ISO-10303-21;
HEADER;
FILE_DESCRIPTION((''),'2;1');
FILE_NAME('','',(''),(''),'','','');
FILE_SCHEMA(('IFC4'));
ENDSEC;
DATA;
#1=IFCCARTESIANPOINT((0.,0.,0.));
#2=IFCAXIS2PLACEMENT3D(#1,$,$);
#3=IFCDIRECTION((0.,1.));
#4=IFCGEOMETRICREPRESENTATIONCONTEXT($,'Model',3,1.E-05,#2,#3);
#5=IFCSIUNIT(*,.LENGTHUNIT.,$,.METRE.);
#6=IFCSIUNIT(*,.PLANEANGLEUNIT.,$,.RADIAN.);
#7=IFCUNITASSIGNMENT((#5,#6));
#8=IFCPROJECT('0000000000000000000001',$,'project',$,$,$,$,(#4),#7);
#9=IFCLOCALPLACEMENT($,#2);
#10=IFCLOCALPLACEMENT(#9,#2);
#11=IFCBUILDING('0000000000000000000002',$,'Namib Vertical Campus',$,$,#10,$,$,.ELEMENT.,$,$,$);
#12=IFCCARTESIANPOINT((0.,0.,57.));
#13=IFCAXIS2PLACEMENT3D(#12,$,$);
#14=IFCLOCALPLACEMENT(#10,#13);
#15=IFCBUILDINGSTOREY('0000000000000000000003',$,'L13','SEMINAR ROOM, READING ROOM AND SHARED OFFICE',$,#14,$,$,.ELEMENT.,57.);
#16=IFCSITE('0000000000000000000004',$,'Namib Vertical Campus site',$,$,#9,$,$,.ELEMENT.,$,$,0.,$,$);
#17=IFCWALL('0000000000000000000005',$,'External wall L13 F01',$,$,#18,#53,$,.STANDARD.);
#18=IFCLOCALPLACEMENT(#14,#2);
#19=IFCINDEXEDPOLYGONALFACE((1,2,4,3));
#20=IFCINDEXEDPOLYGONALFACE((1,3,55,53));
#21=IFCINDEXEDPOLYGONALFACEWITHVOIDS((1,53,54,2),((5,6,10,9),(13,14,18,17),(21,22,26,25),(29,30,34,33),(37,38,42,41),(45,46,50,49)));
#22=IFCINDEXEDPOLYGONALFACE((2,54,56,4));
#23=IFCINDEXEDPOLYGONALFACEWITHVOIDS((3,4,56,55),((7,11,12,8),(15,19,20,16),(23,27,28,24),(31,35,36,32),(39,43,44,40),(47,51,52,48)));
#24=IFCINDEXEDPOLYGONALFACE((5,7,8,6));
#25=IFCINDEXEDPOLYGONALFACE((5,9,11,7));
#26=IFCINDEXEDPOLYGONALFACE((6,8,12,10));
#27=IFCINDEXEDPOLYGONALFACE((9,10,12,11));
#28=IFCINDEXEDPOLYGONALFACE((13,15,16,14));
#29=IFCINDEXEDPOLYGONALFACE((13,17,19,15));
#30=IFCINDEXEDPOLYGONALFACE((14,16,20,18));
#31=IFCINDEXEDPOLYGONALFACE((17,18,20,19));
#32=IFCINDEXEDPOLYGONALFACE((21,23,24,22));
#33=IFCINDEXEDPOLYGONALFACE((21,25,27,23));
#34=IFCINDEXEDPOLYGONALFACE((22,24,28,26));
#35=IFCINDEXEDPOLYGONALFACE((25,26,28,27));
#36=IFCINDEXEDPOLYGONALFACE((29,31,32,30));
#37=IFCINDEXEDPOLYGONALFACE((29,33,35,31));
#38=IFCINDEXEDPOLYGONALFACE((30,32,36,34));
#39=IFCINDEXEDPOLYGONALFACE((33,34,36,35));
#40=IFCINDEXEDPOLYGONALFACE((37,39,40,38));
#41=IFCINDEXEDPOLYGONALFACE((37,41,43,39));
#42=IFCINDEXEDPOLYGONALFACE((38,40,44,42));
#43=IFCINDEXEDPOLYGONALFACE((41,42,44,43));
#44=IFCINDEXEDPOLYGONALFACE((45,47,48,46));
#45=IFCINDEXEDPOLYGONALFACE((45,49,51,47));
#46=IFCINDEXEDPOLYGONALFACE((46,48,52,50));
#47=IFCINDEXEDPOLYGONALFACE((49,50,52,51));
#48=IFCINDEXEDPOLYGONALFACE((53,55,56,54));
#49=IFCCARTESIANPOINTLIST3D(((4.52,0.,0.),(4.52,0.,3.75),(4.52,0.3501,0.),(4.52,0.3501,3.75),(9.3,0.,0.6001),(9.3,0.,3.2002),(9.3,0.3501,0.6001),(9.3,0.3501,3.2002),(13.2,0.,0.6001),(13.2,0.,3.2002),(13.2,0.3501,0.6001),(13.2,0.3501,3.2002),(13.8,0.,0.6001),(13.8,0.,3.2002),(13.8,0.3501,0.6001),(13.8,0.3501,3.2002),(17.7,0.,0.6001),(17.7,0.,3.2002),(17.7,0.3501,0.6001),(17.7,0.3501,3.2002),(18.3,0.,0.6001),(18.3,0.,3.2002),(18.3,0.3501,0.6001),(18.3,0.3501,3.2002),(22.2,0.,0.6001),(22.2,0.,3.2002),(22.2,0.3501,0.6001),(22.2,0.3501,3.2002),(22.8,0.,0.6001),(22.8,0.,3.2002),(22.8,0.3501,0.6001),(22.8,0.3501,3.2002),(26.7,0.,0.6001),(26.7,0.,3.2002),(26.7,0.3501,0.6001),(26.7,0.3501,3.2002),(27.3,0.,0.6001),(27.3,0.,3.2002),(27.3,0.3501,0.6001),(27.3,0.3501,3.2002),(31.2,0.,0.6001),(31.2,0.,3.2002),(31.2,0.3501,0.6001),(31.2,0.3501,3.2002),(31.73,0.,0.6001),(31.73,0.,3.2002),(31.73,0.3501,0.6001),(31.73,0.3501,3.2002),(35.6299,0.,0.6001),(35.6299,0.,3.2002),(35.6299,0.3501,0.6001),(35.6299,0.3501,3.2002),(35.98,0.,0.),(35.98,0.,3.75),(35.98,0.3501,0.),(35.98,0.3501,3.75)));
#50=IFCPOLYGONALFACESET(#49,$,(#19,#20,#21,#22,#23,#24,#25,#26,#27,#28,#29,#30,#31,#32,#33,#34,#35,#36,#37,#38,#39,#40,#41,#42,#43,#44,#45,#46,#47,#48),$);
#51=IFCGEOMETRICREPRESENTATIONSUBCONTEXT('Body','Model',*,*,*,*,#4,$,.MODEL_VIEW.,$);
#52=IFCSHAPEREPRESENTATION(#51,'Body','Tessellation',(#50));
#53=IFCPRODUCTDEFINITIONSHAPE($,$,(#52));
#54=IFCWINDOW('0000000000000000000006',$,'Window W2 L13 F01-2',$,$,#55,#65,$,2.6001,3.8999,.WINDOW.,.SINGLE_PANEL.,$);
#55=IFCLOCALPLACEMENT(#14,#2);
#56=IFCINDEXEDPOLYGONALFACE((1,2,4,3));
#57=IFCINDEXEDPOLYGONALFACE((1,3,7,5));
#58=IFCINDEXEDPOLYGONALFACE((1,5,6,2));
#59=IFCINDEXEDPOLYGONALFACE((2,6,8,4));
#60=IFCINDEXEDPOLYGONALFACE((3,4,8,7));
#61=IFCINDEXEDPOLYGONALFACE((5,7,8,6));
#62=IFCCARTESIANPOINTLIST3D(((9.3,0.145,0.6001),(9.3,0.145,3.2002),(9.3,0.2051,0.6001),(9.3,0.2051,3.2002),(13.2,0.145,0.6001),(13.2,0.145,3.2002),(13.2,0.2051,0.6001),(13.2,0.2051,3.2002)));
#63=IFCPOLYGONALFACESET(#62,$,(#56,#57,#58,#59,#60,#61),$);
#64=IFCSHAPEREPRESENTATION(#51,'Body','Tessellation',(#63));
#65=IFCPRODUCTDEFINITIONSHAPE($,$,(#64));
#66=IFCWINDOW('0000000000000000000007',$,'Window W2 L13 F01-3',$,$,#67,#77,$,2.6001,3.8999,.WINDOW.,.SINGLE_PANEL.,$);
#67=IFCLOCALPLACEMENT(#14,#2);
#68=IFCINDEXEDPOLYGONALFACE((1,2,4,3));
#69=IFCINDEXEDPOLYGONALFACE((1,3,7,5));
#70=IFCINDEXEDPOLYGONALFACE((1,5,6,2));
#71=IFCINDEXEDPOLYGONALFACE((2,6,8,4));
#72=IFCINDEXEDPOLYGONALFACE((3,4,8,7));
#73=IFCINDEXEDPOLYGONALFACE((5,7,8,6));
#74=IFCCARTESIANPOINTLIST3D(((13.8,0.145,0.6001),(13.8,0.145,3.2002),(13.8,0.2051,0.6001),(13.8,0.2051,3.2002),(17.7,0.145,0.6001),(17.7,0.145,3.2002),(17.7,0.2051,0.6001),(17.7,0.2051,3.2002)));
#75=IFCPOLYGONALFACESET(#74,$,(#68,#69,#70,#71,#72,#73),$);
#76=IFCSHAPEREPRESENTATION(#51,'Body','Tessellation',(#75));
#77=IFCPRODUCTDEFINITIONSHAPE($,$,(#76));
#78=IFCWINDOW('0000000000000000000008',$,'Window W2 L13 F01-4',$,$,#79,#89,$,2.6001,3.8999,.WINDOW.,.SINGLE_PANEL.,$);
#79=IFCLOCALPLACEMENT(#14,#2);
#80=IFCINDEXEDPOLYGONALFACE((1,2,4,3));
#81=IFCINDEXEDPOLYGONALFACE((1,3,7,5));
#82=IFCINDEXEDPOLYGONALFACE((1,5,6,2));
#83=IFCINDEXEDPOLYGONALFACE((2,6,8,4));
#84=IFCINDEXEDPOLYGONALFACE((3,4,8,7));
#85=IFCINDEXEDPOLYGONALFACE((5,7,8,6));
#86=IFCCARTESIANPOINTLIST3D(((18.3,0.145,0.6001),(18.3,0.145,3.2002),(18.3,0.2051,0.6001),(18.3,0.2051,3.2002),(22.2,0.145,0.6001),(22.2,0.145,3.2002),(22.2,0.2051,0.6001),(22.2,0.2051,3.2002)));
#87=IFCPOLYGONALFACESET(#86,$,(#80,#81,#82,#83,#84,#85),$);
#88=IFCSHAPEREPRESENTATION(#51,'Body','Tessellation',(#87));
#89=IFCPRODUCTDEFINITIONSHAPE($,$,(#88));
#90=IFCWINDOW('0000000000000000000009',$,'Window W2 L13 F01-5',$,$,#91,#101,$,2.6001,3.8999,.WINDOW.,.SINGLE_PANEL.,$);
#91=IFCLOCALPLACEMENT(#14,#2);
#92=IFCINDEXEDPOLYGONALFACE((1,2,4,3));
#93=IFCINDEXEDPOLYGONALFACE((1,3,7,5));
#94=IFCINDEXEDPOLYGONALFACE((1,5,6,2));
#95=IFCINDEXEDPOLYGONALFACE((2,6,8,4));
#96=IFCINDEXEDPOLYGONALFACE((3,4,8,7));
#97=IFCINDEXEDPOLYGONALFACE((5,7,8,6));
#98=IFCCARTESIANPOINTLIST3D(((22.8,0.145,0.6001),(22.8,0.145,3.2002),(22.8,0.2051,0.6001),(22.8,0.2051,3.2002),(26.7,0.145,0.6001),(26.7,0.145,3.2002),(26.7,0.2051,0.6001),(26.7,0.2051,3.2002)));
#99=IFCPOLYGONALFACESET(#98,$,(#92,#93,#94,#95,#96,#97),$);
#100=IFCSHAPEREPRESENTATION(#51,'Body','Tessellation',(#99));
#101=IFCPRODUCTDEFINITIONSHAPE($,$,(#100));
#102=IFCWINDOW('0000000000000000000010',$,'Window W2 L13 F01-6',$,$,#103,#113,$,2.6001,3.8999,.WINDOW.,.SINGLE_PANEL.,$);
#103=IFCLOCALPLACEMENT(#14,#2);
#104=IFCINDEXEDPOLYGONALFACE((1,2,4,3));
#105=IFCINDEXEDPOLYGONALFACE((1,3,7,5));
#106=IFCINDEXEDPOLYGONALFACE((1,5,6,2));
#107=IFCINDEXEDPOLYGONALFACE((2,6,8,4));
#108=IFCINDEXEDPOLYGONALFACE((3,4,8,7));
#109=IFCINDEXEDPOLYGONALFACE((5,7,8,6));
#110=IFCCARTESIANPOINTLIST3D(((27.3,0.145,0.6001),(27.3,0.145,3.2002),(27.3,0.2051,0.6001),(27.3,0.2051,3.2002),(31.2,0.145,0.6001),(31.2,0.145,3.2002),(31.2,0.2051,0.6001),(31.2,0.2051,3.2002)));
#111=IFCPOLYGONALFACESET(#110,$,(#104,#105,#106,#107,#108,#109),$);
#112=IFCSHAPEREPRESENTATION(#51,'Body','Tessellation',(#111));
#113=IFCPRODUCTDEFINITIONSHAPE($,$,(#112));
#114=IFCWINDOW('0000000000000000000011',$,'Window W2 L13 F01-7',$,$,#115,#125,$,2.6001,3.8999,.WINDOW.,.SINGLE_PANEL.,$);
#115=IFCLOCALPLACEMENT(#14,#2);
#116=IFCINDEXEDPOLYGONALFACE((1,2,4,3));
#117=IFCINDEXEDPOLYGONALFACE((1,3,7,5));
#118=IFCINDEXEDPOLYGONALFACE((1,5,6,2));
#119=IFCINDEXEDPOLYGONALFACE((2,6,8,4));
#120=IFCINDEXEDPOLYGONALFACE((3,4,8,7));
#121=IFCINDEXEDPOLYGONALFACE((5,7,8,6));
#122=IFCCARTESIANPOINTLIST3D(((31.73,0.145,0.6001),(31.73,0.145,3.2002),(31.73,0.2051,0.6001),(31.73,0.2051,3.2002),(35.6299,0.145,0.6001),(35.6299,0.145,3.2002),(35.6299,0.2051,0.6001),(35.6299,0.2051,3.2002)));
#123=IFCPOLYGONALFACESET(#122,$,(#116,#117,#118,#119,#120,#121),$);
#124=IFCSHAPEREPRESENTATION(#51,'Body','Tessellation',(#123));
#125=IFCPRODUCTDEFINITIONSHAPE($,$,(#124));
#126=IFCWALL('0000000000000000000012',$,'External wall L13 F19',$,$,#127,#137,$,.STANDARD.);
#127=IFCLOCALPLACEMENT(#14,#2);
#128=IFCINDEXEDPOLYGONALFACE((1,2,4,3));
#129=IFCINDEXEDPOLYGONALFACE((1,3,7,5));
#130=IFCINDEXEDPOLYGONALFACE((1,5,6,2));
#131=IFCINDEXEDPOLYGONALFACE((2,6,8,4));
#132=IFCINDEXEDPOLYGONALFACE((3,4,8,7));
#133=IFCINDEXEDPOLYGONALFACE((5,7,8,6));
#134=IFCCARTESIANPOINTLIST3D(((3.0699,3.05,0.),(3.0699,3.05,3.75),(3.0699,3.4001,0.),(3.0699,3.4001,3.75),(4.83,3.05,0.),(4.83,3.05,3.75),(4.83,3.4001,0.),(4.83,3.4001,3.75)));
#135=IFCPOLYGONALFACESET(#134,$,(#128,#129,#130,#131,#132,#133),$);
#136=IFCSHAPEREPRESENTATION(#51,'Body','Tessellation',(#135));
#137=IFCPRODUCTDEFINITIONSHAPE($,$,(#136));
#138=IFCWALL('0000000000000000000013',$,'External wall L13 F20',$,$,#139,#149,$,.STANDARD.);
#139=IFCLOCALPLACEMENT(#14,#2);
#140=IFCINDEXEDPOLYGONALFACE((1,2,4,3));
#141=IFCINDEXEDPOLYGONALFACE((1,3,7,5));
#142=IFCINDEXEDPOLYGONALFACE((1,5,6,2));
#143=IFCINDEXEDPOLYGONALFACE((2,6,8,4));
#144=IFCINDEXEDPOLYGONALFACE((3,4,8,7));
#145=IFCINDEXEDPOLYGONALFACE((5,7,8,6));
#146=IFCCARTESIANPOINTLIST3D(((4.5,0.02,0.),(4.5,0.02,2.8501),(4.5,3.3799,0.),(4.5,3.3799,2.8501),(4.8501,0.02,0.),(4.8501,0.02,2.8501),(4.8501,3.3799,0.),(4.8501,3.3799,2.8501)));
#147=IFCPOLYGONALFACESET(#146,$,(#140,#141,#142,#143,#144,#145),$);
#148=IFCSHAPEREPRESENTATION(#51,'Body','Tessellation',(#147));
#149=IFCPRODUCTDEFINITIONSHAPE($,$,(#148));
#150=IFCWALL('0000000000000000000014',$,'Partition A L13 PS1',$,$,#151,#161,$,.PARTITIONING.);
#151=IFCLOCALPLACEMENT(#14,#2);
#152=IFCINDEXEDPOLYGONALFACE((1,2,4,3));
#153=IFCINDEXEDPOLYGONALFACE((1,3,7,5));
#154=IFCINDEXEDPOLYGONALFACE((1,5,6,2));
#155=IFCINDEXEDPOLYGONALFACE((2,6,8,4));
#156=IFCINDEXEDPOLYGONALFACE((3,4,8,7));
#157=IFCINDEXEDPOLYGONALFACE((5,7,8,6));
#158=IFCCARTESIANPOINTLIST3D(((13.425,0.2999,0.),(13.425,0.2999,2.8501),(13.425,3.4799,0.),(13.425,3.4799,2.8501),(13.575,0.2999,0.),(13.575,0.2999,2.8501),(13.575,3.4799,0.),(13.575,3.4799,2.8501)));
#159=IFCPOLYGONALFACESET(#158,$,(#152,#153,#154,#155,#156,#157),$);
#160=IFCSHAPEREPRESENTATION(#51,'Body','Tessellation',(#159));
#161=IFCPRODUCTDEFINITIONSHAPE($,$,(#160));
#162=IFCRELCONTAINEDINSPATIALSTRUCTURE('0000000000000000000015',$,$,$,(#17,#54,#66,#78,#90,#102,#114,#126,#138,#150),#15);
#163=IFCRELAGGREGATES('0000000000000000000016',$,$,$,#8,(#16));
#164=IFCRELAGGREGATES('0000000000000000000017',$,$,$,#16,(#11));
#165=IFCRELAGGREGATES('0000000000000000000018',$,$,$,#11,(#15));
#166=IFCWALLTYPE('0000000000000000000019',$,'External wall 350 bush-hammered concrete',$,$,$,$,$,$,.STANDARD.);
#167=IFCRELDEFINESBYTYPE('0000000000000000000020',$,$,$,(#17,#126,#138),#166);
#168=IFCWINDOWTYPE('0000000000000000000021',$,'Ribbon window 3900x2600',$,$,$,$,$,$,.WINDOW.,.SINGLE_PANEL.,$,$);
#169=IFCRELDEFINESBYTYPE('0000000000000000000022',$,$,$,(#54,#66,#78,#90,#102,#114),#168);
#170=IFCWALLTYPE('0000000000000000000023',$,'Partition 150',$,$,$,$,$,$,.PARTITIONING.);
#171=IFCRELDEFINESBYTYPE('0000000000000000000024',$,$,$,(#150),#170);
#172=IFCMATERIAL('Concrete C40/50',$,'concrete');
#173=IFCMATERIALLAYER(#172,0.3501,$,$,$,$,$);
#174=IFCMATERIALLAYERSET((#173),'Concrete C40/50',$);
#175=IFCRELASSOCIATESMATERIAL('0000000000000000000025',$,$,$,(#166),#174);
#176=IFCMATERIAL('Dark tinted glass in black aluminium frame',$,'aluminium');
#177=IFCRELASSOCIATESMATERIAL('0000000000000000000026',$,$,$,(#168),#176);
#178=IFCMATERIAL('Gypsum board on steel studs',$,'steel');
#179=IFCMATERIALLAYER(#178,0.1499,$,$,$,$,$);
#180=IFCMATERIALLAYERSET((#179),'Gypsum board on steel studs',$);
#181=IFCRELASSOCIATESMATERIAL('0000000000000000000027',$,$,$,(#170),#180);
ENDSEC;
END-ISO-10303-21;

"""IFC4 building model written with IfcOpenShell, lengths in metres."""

from ifc_helpers import new_model, si_unit, direction, frame, frame_2d, origin, place, context, subcontext, project, spatial, rectangle, extrude, material, layer, layer_set, type_object, element, fill, save


model = new_model("IFC4")

# Units and contexts
model_context = context("Model", 3, precision=1e-05, world=origin(), true_north=direction((0.0, 1.0)))
body_context = subcontext(model_context, "Body", "Model", "MODEL_VIEW")
ifc_project = project(units=[si_unit("LENGTHUNIT", "METRE"), si_unit("PLANEANGLEUNIT", "RADIAN")], contexts=[model_context])

# Site, building, storey
site_placement = place(None, origin())
site = spatial("IfcSite", under=ifc_project, at=site_placement, Name="Namib Vertical Campus site", CompositionType="ELEMENT", RefElevation=0.0)
building_placement = place(site_placement, origin())
building = spatial("IfcBuilding", under=site, at=building_placement, Name="Namib Vertical Campus", CompositionType="ELEMENT")
storey_placement = place(building_placement, frame((0.0, 0.0, 57.0)))
storey = spatial("IfcBuildingStorey", under=building, at=storey_placement, Name="L13", Description="SEMINAR ROOM, READING ROOM AND SHARED OFFICE", CompositionType="ELEMENT", Elevation=57.0)

# Wall, openings, windows
ifc_material_1 = material(Name="Concrete C40/50", Category="concrete")
ifc_layer_1 = layer(ifc_material_1, 0.3501)
ifc_layer_set_1 = layer_set([ifc_layer_1], Name="Concrete C40/50")
wall_type_1 = type_object("IfcWallType", Name="External wall 350 bush-hammered concrete", PredefinedType="STANDARD", material=ifc_layer_set_1)
wall_1_placement = place(storey_placement, frame((4.52, 0.175, 0.0), z_axis=(0.0, 0.0, 1.0), x_axis=(1.0, 0.0, 0.0)))
wall_1 = element("IfcWall", 1, at=wall_1_placement, inside=storey, type_object=wall_type_1, Name="External wall L13 F01", PredefinedType="STANDARD", context=body_context, shape_type="SweptSolid", body=[
    extrude(rectangle(XDim=31.46, YDim=0.3501, at=frame_2d((15.73, 0.0))), origin(), (0.0, 0.0, 1.0), 3.75),
])
opening_1_placement = place(wall_1_placement, frame((4.78, 0.0, 0.6001)))
opening_1 = element("IfcOpeningElement", 2, at=opening_1_placement, cuts=wall_1, PredefinedType="OPENING", context=body_context, shape_type="SweptSolid", body=[
    extrude(rectangle(XDim=3.8999, YDim=2.6001, at=frame_2d((1.95, 1.3))), frame((0.0, 0.1851, 0.0), z_axis=(0.0, -1.0, 0.0), x_axis=(1.0, 0.0, 0.0)), (0.0, 0.0, 1.0), 0.3701),
])
opening_2_placement = place(wall_1_placement, frame((9.28, 0.0, 0.6001)))
opening_2 = element("IfcOpeningElement", 3, at=opening_2_placement, cuts=wall_1, PredefinedType="OPENING", context=body_context, shape_type="SweptSolid", body=[
    extrude(rectangle(XDim=3.8999, YDim=2.6001, at=frame_2d((1.95, 1.3))), frame((0.0, 0.1851, 0.0), z_axis=(0.0, -1.0, 0.0), x_axis=(1.0, 0.0, 0.0)), (0.0, 0.0, 1.0), 0.3701),
])
opening_3_placement = place(wall_1_placement, frame((13.78, 0.0, 0.6001)))
opening_3 = element("IfcOpeningElement", 4, at=opening_3_placement, cuts=wall_1, PredefinedType="OPENING", context=body_context, shape_type="SweptSolid", body=[
    extrude(rectangle(XDim=3.8999, YDim=2.6001, at=frame_2d((1.95, 1.3))), frame((0.0, 0.1851, 0.0), z_axis=(0.0, -1.0, 0.0), x_axis=(1.0, 0.0, 0.0)), (0.0, 0.0, 1.0), 0.3701),
])
opening_4_placement = place(wall_1_placement, frame((18.28, 0.0, 0.6001)))
opening_4 = element("IfcOpeningElement", 5, at=opening_4_placement, cuts=wall_1, PredefinedType="OPENING", context=body_context, shape_type="SweptSolid", body=[
    extrude(rectangle(XDim=3.8999, YDim=2.6001, at=frame_2d((1.95, 1.3))), frame((0.0, 0.1851, 0.0), z_axis=(0.0, -1.0, 0.0), x_axis=(1.0, 0.0, 0.0)), (0.0, 0.0, 1.0), 0.3701),
])
opening_5_placement = place(wall_1_placement, frame((22.78, 0.0, 0.6001)))
opening_5 = element("IfcOpeningElement", 6, at=opening_5_placement, cuts=wall_1, PredefinedType="OPENING", context=body_context, shape_type="SweptSolid", body=[
    extrude(rectangle(XDim=3.8999, YDim=2.6001, at=frame_2d((1.95, 1.3))), frame((0.0, 0.1851, 0.0), z_axis=(0.0, -1.0, 0.0), x_axis=(1.0, 0.0, 0.0)), (0.0, 0.0, 1.0), 0.3701),
])
opening_6_placement = place(wall_1_placement, frame((27.21, 0.0, 0.6001)))
opening_6 = element("IfcOpeningElement", 7, at=opening_6_placement, cuts=wall_1, PredefinedType="OPENING", context=body_context, shape_type="SweptSolid", body=[
    extrude(rectangle(XDim=3.8999, YDim=2.6001, at=frame_2d((1.95, 1.3))), frame((0.0, 0.1851, 0.0), z_axis=(0.0, -1.0, 0.0), x_axis=(1.0, 0.0, 0.0)), (0.0, 0.0, 1.0), 0.3701),
])
ifc_material_2 = material(Name="Dark tinted glass in black aluminium frame", Category="aluminium")
window_type = type_object("IfcWindowType", Name="Ribbon window 3900x2600", PartitioningType="SINGLE_PANEL", PredefinedType="WINDOW", material=ifc_material_2)
window_1_placement = place(opening_1_placement, origin())
window_1 = element("IfcWindow", 8, at=window_1_placement, inside=storey, type_object=window_type, Name="Window W2 L13 F01-2", OverallHeight=2.6001, OverallWidth=3.8999, PartitioningType="SINGLE_PANEL", PredefinedType="WINDOW", context=body_context, shape_type="SweptSolid", body=[
    extrude(rectangle(XDim=3.8999, YDim=2.6001, at=frame_2d((1.95, 1.3))), frame((0.0, 0.03, 0.0), z_axis=(0.0, -1.0, 0.0), x_axis=(1.0, 0.0, 0.0)), (0.0, 0.0, 1.0), 0.0601),
])
fill(opening_1, window_1)
window_2_placement = place(opening_2_placement, origin())
window_2 = element("IfcWindow", 9, at=window_2_placement, inside=storey, type_object=window_type, Name="Window W2 L13 F01-3", OverallHeight=2.6001, OverallWidth=3.8999, PartitioningType="SINGLE_PANEL", PredefinedType="WINDOW", context=body_context, shape_type="SweptSolid", body=[
    extrude(rectangle(XDim=3.8999, YDim=2.6001, at=frame_2d((1.95, 1.3))), frame((0.0, 0.03, 0.0), z_axis=(0.0, -1.0, 0.0), x_axis=(1.0, 0.0, 0.0)), (0.0, 0.0, 1.0), 0.0601),
])
fill(opening_2, window_2)
window_3_placement = place(opening_3_placement, origin())
window_3 = element("IfcWindow", 10, at=window_3_placement, inside=storey, type_object=window_type, Name="Window W2 L13 F01-4", OverallHeight=2.6001, OverallWidth=3.8999, PartitioningType="SINGLE_PANEL", PredefinedType="WINDOW", context=body_context, shape_type="SweptSolid", body=[
    extrude(rectangle(XDim=3.8999, YDim=2.6001, at=frame_2d((1.95, 1.3))), frame((0.0, 0.03, 0.0), z_axis=(0.0, -1.0, 0.0), x_axis=(1.0, 0.0, 0.0)), (0.0, 0.0, 1.0), 0.0601),
])
fill(opening_3, window_3)
window_4_placement = place(opening_4_placement, origin())
window_4 = element("IfcWindow", 11, at=window_4_placement, inside=storey, type_object=window_type, Name="Window W2 L13 F01-5", OverallHeight=2.6001, OverallWidth=3.8999, PartitioningType="SINGLE_PANEL", PredefinedType="WINDOW", context=body_context, shape_type="SweptSolid", body=[
    extrude(rectangle(XDim=3.8999, YDim=2.6001, at=frame_2d((1.95, 1.3))), frame((0.0, 0.03, 0.0), z_axis=(0.0, -1.0, 0.0), x_axis=(1.0, 0.0, 0.0)), (0.0, 0.0, 1.0), 0.0601),
])
fill(opening_4, window_4)
window_5_placement = place(opening_5_placement, origin())
window_5 = element("IfcWindow", 12, at=window_5_placement, inside=storey, type_object=window_type, Name="Window W2 L13 F01-6", OverallHeight=2.6001, OverallWidth=3.8999, PartitioningType="SINGLE_PANEL", PredefinedType="WINDOW", context=body_context, shape_type="SweptSolid", body=[
    extrude(rectangle(XDim=3.8999, YDim=2.6001, at=frame_2d((1.95, 1.3))), frame((0.0, 0.03, 0.0), z_axis=(0.0, -1.0, 0.0), x_axis=(1.0, 0.0, 0.0)), (0.0, 0.0, 1.0), 0.0601),
])
fill(opening_5, window_5)
window_6_placement = place(opening_6_placement, origin())
window_6 = element("IfcWindow", 13, at=window_6_placement, inside=storey, type_object=window_type, Name="Window W2 L13 F01-7", OverallHeight=2.6001, OverallWidth=3.8999, PartitioningType="SINGLE_PANEL", PredefinedType="WINDOW", context=body_context, shape_type="SweptSolid", body=[
    extrude(rectangle(XDim=3.8999, YDim=2.6001, at=frame_2d((1.95, 1.3))), frame((0.0, 0.03, 0.0), z_axis=(0.0, -1.0, 0.0), x_axis=(1.0, 0.0, 0.0)), (0.0, 0.0, 1.0), 0.0601),
])
fill(opening_6, window_6)

# Walls
wall_2_placement = place(storey_placement, frame((3.0701, 3.2251, 0.0), z_axis=(0.0, 0.0, 1.0), x_axis=(1.0, 0.0, 0.0)))
element("IfcWall", 14, at=wall_2_placement, inside=storey, type_object=wall_type_1, Name="External wall L13 F19", PredefinedType="STANDARD", context=body_context, shape_type="SweptSolid", body=[
    extrude(rectangle(XDim=1.76, YDim=0.3501, at=frame_2d((0.8799, 0.0))), origin(), (0.0, 0.0, 1.0), 3.75),
])
wall_3_placement = place(storey_placement, frame((4.675, 3.3799, 0.0), z_axis=(0.0, 0.0, 1.0), x_axis=(0.0, -1.0, 0.0)))
element("IfcWall", 15, at=wall_3_placement, inside=storey, type_object=wall_type_1, Name="External wall L13 F20", PredefinedType="STANDARD", context=body_context, shape_type="SweptSolid", body=[
    extrude(rectangle(XDim=3.3599, YDim=0.3501, at=frame_2d((1.6799, 0.0))), origin(), (0.0, 0.0, 1.0), 2.8501),
])
ifc_material_3 = material(Name="Gypsum board on steel studs", Category="steel")
ifc_layer_2 = layer(ifc_material_3, 0.1499)
ifc_layer_set_2 = layer_set([ifc_layer_2], Name="Gypsum board on steel studs")
wall_type_2 = type_object("IfcWallType", Name="Partition 150", PredefinedType="PARTITIONING", material=ifc_layer_set_2)
wall_4_placement = place(storey_placement, frame((13.5, 0.3, 0.0), z_axis=(0.0, 0.0, 1.0), x_axis=(0.0, 1.0, 0.0)))
element("IfcWall", 16, at=wall_4_placement, inside=storey, type_object=wall_type_2, Name="Partition A L13 PS1", PredefinedType="PARTITIONING", context=body_context, shape_type="SweptSolid", body=[
    extrude(rectangle(XDim=3.1799, YDim=0.1499, at=frame_2d((1.5898, 0.0))), origin(), (0.0, 0.0, 1.0), 2.8501),
])

save(model, "model.ifc")
